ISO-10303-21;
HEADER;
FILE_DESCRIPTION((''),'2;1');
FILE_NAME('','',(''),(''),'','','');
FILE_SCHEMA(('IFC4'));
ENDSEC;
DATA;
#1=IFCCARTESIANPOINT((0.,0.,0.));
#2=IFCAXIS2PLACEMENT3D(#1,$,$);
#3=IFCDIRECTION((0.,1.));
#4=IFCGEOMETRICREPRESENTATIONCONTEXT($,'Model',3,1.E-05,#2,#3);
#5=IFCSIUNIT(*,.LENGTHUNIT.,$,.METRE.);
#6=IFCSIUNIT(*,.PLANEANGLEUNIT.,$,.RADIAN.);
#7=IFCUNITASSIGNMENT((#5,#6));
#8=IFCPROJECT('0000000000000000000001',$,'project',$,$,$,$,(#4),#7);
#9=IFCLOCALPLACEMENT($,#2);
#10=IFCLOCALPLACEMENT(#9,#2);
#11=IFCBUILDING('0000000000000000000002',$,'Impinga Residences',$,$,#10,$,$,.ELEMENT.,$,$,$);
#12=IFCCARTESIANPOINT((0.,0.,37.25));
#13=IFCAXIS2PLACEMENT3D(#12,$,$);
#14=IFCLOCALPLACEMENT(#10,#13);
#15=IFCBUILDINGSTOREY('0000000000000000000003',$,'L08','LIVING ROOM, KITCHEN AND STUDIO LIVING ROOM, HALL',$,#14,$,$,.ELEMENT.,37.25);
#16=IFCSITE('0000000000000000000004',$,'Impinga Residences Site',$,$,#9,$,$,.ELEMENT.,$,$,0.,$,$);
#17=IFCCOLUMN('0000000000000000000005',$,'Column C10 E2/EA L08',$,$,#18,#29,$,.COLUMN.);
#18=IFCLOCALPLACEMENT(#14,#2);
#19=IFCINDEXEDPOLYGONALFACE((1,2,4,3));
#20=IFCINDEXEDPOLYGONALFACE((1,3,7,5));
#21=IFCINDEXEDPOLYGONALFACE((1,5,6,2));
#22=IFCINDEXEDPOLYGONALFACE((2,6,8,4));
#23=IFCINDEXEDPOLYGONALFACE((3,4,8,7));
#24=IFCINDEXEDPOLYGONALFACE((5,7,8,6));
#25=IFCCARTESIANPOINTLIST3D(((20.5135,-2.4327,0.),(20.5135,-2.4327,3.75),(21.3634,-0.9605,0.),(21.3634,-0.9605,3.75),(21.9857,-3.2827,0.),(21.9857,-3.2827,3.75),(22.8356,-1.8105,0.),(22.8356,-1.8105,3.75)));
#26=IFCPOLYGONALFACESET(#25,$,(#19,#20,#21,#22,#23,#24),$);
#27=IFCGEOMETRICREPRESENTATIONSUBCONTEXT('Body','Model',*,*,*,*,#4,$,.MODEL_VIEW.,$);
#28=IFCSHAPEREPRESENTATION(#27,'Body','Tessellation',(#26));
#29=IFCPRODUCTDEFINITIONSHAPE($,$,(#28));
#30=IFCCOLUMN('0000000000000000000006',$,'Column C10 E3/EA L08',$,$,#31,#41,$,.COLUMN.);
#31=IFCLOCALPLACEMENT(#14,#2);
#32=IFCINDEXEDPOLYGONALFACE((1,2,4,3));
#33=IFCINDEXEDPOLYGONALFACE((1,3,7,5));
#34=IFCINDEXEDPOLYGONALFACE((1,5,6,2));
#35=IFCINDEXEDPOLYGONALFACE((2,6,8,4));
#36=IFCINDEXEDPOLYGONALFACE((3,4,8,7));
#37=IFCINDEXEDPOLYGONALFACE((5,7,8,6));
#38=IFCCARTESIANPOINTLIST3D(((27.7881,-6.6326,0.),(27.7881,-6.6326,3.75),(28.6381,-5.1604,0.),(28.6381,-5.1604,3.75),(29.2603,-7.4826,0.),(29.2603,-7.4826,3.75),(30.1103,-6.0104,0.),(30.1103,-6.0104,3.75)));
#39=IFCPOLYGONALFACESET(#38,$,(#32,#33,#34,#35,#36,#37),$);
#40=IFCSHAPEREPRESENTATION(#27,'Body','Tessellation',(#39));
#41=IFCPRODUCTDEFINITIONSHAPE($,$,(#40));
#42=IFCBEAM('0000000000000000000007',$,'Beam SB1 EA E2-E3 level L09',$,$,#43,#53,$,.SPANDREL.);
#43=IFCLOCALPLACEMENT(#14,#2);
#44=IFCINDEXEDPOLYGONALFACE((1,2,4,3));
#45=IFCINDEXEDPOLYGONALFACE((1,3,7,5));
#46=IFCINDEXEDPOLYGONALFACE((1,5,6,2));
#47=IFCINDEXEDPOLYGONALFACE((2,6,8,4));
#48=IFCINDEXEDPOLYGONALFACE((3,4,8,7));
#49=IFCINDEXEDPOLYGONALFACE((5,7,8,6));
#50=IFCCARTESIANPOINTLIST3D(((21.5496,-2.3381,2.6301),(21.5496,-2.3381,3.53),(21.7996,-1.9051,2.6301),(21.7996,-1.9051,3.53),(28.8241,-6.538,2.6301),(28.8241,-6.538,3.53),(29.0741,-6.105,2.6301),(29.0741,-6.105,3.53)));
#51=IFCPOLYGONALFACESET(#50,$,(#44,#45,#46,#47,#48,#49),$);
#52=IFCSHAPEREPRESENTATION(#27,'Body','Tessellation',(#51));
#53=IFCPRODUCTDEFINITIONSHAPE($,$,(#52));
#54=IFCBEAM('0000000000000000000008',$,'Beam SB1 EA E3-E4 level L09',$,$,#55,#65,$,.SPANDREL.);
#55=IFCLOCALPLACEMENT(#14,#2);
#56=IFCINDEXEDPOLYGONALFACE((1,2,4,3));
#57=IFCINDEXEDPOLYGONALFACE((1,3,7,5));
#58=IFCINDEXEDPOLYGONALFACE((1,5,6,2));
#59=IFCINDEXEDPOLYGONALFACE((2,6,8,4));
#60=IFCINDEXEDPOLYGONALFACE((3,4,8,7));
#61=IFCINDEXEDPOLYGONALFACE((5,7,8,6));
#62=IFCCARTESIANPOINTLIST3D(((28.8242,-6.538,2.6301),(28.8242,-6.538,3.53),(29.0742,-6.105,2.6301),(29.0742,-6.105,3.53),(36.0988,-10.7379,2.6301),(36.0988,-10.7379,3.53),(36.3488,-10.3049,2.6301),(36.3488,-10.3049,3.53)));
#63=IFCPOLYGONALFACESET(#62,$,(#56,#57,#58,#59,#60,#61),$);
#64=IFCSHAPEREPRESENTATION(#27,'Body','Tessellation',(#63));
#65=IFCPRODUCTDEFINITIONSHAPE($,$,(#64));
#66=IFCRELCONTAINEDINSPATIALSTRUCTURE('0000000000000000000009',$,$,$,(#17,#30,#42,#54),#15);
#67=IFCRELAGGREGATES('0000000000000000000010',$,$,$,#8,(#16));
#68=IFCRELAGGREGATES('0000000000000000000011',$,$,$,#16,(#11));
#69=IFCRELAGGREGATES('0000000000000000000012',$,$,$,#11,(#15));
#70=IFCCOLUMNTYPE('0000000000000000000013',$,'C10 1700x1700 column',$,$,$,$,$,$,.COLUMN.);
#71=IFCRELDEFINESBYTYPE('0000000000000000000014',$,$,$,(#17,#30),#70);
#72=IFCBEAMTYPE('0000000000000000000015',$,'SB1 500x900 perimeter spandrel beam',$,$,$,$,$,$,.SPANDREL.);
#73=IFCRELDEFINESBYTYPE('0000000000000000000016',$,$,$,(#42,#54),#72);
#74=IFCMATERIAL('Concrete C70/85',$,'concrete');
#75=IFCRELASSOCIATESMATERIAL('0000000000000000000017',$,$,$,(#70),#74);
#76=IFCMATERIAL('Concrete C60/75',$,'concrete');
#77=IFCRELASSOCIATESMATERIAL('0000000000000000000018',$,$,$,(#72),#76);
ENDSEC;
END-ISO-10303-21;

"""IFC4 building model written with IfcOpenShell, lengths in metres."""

from ifc_helpers import new_model, si_unit, direction, frame, origin, origin_2d, place, context, subcontext, project, spatial, rectangle, extrude, material, material_profile, profile_set, type_object, element, save


model = new_model("IFC4")

# Units and contexts
model_context = context("Model", 3, precision=1e-05, world=origin(), true_north=direction((0.0, 1.0)))
body_context = subcontext(model_context, "Body", "Model", "MODEL_VIEW")
ifc_project = project(units=[si_unit("LENGTHUNIT", "METRE"), si_unit("PLANEANGLEUNIT", "RADIAN")], contexts=[model_context])

# Site, building, storey
site_placement = place(None, origin())
site = spatial("IfcSite", under=ifc_project, at=site_placement, Name="Impinga Residences Site", CompositionType="ELEMENT", RefElevation=0.0)
building_placement = place(site_placement, origin())
building = spatial("IfcBuilding", under=site, at=building_placement, Name="Impinga Residences", CompositionType="ELEMENT")
storey_placement = place(building_placement, frame((0.0, 0.0, 37.25)))
storey = spatial("IfcBuildingStorey", under=building, at=storey_placement, Name="L08", Description="LIVING ROOM, KITCHEN AND STUDIO LIVING ROOM, HALL", CompositionType="ELEMENT", Elevation=37.25)

# Columns
ifc_material_1 = material(Name="Concrete C70/85", Category="concrete")
ifc_material_profile_1 = material_profile(ifc_material_1, rectangle(XDim=1.7, YDim=1.7, at=origin_2d()), Name="RC 1700x1700")
ifc_profile_set_1 = profile_set([ifc_material_profile_1], Name="Concrete C70/85")
column_type = type_object("IfcColumnType", Name="C10 1700x1700 column", PredefinedType="COLUMN", material=ifc_profile_set_1)
for number, where, z_axis, x_axis, name in (
    (1, (21.6746, -2.1216, 0.0), (0.0, 0.0, 1.0), (-0.5, -0.866025, 0.0), "Column C10 E2/EA L08"),
    (2, (28.9492, -6.3215, 0.0), (0.0, 0.0, 1.0), (-0.5, -0.866025, 0.0), "Column C10 E3/EA L08"),
):
    element("IfcColumn", number, at=place(storey_placement, frame(where, z_axis=z_axis, x_axis=x_axis)), inside=storey, type_object=column_type, Name=name, PredefinedType="COLUMN", context=body_context, shape_type="SweptSolid", body=[
        extrude(rectangle(XDim=1.7, YDim=1.7, at=origin_2d()), origin(), (0.0, 0.0, 1.0), 3.75),
    ])

# Beams
ifc_material_2 = material(Name="Concrete C60/75", Category="concrete")
ifc_material_profile_2 = material_profile(ifc_material_2, rectangle(XDim=0.5, YDim=0.8999, at=origin_2d()), Name="RC 500x900")
ifc_profile_set_2 = profile_set([ifc_material_profile_2], Name="Concrete C60/75")
beam_type = type_object("IfcBeamType", Name="SB1 500x900 perimeter spandrel beam", PredefinedType="SPANDREL", material=ifc_profile_set_2)
for number, where, z_axis, x_axis, name in (
    (3, (21.6746, -2.1216, 3.0801), (0.866029, -0.499993, 0.0), (0.499993, 0.866029, 0.0), "Beam SB1 EA E2-E3 level L09"),
    (4, (28.9492, -6.3215, 3.0801), (0.866029, -0.499993, 0.0), (0.499993, 0.866029, 0.0), "Beam SB1 EA E3-E4 level L09"),
):
    element("IfcBeam", number, at=place(storey_placement, frame(where, z_axis=z_axis, x_axis=x_axis)), inside=storey, type_object=beam_type, Name=name, PredefinedType="SPANDREL", context=body_context, shape_type="SweptSolid", body=[
        extrude(rectangle(XDim=0.5, YDim=0.8999, at=origin_2d()), origin(), (0.0, 0.0, 1.0), 8.3999),
    ])

save(model, "model.ifc")
